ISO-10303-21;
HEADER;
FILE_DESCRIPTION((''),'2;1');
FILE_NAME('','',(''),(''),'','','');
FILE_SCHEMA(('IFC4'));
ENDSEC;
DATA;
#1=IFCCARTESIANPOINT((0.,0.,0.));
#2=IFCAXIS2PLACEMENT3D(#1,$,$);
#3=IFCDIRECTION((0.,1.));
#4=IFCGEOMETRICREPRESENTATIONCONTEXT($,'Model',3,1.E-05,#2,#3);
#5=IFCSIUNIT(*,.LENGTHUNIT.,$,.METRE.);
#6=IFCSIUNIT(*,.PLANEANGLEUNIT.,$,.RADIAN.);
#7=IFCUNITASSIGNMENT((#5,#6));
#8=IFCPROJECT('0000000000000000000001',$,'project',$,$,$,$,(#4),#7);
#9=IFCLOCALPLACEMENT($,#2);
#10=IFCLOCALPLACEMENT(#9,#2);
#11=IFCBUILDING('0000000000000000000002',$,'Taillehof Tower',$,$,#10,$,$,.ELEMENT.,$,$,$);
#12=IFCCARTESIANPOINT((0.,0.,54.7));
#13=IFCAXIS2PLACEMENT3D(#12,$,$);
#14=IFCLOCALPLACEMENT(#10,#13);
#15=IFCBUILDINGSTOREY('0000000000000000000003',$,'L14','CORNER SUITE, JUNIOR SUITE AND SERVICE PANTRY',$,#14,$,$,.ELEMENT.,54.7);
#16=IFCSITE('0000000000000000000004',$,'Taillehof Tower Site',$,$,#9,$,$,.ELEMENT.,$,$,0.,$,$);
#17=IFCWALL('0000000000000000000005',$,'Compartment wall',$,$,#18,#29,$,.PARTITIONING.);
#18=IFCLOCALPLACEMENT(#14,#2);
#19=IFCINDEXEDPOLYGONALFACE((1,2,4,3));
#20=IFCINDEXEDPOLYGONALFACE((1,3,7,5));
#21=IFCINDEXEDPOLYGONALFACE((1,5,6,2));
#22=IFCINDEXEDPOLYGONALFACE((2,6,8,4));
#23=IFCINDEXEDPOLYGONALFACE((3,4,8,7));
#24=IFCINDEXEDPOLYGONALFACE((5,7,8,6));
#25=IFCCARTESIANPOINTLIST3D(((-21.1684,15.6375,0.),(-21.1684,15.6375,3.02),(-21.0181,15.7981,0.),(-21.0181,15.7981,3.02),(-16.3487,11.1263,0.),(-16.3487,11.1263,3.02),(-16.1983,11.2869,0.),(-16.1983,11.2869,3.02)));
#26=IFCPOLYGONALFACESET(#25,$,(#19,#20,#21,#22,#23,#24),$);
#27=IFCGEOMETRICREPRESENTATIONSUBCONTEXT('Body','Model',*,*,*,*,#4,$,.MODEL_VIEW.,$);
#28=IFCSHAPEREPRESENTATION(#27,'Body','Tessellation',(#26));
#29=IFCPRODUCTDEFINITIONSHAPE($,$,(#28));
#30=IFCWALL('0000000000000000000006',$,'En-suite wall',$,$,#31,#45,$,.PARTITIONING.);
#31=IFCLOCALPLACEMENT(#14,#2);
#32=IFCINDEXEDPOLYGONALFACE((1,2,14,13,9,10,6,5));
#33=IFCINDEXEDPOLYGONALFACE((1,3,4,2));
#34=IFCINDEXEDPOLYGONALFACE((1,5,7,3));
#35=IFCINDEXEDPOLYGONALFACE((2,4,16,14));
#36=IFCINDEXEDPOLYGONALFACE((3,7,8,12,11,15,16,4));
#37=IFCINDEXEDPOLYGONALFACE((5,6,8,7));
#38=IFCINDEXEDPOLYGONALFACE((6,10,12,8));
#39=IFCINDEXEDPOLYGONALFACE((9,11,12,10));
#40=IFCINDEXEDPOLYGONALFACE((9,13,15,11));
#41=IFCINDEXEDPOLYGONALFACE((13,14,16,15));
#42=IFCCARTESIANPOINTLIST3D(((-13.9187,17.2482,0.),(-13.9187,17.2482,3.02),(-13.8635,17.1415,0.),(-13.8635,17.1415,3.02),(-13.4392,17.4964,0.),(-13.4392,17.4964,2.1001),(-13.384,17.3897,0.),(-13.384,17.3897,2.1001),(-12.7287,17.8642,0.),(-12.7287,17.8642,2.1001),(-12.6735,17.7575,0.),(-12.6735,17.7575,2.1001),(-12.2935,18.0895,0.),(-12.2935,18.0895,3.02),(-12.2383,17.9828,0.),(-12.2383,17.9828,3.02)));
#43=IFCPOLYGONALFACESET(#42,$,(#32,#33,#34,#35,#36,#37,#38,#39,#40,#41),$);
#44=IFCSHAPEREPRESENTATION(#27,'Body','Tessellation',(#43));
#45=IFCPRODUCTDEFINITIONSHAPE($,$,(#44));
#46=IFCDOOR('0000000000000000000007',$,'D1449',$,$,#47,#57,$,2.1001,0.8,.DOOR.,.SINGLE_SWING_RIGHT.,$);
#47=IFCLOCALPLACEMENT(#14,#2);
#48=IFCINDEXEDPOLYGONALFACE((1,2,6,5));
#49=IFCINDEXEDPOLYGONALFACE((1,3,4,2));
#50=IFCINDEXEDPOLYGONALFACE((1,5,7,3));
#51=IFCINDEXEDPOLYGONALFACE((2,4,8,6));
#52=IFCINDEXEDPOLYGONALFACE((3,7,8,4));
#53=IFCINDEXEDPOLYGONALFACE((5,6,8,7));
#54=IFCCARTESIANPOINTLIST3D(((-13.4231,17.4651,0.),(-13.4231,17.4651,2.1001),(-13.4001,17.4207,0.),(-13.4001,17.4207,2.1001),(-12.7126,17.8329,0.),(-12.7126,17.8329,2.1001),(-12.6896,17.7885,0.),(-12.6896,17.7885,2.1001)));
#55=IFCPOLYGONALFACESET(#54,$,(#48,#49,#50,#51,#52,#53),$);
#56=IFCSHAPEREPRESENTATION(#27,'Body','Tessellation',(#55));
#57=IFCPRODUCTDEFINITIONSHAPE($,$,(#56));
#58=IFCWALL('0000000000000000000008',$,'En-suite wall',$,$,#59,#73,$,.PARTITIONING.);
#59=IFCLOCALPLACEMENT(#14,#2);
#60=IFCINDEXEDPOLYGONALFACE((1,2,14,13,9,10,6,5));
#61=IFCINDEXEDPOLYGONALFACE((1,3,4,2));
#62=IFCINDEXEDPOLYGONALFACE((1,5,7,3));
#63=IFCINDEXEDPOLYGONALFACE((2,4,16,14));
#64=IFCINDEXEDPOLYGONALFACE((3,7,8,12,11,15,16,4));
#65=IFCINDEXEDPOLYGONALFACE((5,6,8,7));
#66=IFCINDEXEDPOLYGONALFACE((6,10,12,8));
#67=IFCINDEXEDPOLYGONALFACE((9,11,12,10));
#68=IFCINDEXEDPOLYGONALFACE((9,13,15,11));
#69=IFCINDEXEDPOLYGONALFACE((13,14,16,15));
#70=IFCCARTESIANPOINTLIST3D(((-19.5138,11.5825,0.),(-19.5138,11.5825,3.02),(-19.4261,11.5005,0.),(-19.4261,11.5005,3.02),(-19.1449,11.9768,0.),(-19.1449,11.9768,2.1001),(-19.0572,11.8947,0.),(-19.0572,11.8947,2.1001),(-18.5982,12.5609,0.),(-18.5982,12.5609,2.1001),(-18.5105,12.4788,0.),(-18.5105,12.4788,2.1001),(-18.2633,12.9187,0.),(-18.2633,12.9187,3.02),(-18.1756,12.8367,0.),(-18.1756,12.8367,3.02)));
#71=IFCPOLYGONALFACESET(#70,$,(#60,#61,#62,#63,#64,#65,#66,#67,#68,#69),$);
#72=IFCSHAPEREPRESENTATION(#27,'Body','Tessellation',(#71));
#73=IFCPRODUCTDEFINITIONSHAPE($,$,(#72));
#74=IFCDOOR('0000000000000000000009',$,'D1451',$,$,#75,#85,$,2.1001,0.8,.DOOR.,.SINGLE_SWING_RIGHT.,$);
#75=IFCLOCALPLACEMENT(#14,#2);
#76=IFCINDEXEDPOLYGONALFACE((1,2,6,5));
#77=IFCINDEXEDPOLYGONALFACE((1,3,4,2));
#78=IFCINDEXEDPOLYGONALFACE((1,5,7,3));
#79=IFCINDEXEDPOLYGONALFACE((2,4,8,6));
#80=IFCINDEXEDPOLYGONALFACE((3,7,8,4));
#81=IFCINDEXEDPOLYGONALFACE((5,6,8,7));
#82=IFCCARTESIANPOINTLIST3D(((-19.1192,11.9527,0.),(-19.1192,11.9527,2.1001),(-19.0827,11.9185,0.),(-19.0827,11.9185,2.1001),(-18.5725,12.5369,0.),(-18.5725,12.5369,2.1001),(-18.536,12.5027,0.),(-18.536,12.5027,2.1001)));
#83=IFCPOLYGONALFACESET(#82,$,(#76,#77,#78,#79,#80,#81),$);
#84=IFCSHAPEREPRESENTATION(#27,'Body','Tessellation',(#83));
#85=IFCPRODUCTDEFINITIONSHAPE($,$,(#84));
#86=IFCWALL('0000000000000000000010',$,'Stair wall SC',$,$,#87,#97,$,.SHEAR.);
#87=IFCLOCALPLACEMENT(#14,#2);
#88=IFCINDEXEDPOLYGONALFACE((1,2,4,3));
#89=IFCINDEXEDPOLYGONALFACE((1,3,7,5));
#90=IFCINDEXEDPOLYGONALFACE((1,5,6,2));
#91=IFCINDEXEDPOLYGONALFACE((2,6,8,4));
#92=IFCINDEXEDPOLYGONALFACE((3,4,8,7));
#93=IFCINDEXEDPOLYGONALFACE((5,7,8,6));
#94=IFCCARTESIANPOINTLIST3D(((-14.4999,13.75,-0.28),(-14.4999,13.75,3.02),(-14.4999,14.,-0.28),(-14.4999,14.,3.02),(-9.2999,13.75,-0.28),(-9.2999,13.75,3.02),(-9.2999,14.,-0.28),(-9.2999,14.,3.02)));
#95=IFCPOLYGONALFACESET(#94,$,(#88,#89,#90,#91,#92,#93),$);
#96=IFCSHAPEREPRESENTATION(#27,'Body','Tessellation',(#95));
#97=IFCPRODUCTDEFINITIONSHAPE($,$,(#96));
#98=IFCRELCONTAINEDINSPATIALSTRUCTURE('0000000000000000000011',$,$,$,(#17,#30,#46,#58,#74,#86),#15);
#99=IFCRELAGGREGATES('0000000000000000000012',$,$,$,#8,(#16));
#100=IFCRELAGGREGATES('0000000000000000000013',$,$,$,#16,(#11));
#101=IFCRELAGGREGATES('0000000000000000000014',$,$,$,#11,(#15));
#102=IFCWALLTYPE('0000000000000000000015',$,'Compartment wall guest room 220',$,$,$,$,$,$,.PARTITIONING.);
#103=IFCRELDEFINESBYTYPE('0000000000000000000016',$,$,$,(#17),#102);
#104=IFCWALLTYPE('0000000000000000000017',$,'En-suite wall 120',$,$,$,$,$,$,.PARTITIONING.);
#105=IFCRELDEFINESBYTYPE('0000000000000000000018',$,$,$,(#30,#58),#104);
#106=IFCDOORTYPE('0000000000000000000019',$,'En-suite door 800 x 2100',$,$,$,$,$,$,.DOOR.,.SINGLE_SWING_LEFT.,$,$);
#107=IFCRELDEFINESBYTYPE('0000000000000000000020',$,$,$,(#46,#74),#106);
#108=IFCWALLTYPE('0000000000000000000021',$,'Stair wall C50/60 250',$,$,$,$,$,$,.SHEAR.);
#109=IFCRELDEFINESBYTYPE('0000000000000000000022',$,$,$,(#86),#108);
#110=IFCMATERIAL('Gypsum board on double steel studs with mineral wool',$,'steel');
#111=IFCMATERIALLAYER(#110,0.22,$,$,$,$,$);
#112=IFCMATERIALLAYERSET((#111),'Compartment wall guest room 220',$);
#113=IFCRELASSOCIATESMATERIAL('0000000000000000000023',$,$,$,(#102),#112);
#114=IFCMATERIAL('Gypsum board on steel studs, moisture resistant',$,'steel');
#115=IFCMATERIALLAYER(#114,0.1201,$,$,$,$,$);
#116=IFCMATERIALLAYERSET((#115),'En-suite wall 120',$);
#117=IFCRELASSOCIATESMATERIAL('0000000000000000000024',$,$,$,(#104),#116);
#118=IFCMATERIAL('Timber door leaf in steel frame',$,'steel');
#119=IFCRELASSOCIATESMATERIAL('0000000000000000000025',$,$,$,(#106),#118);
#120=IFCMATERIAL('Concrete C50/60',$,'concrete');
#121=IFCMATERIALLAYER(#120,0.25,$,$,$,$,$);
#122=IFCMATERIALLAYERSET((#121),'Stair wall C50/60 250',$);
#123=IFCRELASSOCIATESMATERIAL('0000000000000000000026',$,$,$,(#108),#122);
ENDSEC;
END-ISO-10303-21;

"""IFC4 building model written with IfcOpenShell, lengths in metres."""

from ifc_helpers import new_model, si_unit, direction, frame, frame_2d, origin, place, context, subcontext, project, spatial, rectangle, extrude, material, layer, layer_set, type_object, element, fill, save


model = new_model("IFC4")

# Units and contexts
model_context = context("Model", 3, precision=1e-05, world=origin(), true_north=direction((0.0, 1.0)))
body_context = subcontext(model_context, "Body", "Model", "MODEL_VIEW")
ifc_project = project(units=[si_unit("LENGTHUNIT", "METRE"), si_unit("PLANEANGLEUNIT", "RADIAN")], contexts=[model_context])

# Site, building, storey
site_placement = place(None, origin())
site = spatial("IfcSite", under=ifc_project, at=site_placement, Name="Taillehof Tower Site", CompositionType="ELEMENT", RefElevation=0.0)
building_placement = place(site_placement, origin())
building = spatial("IfcBuilding", under=site, at=building_placement, Name="Taillehof Tower", CompositionType="ELEMENT")
storey_placement = place(building_placement, frame((0.0, 0.0, 54.7)))
storey = spatial("IfcBuildingStorey", under=building, at=storey_placement, Name="L14", Description="CORNER SUITE, JUNIOR SUITE AND SERVICE PANTRY", CompositionType="ELEMENT", Elevation=54.7)

# Wall
ifc_material_1 = material(Name="Gypsum board on double steel studs with mineral wool", Category="steel")
ifc_layer_1 = layer(ifc_material_1, 0.22)
ifc_layer_set_1 = layer_set([ifc_layer_1], Name="Compartment wall guest room 220")
wall_type_1 = type_object("IfcWallType", Name="Compartment wall guest room 220", PredefinedType="PARTITIONING", material=ifc_layer_set_1)
wall_1_placement = place(storey_placement, frame((-21.0933, 15.7178, 0.0), z_axis=(0.0, 0.0, 1.0), x_axis=(0.730093, -0.683348, 0.0)))
element("IfcWall", 1, at=wall_1_placement, inside=storey, type_object=wall_type_1, Name="Compartment wall", PredefinedType="PARTITIONING", context=body_context, shape_type="SweptSolid", body=[
    extrude(rectangle(XDim=6.6016, YDim=0.22, at=frame_2d((3.3008, 0.0))), origin(), (0.0, 0.0, 1.0), 3.02),
])

# Walls, openings, doors
ifc_material_2 = material(Name="Gypsum board on steel studs, moisture resistant", Category="steel")
ifc_layer_2 = layer(ifc_material_2, 0.1201)
ifc_layer_set_2 = layer_set([ifc_layer_2], Name="En-suite wall 120")
wall_type_2 = type_object("IfcWallType", Name="En-suite wall 120", PredefinedType="PARTITIONING", material=ifc_layer_set_2)
wall_2_placement = place(storey_placement, frame((-13.8911, 17.1948, 0.0), z_axis=(0.0, 0.0, 1.0), x_axis=(0.888069, 0.45971, 0.0)))
wall_2 = element("IfcWall", 2, at=wall_2_placement, inside=storey, type_object=wall_type_2, Name="En-suite wall", PredefinedType="PARTITIONING", context=body_context, shape_type="SweptSolid", body=[
    extrude(rectangle(XDim=1.8301, YDim=0.1201, at=frame_2d((0.915, 0.0))), origin(), (0.0, 0.0, 1.0), 3.02),
])
opening_1_placement = place(wall_2_placement, frame((0.54, 0.0, 0.0)))
opening_1 = element("IfcOpeningElement", 3, at=opening_1_placement, cuts=wall_2, PredefinedType="OPENING", context=body_context, shape_type="SweptSolid", body=[
    extrude(rectangle(XDim=0.8, YDim=2.1001, at=frame_2d((0.3999, 1.05))), frame((0.0, 0.0701, 0.0), z_axis=(0.0, -1.0, 0.0), x_axis=(1.0, 0.0, 0.0)), (0.0, 0.0, 1.0), 0.1401),
])
ifc_material_3 = material(Name="Timber door leaf in steel frame", Category="steel")
door_type_1 = type_object("IfcDoorType", Name="En-suite door 800 x 2100", OperationType="SINGLE_SWING_LEFT", PredefinedType="DOOR", material=ifc_material_3)
door_1_placement = place(opening_1_placement, origin())
door_1 = element("IfcDoor", 4, at=door_1_placement, inside=storey, type_object=door_type_1, Name="D1449", OperationType="SINGLE_SWING_RIGHT", OverallHeight=2.1001, OverallWidth=0.8, PredefinedType="DOOR", context=body_context, shape_type="SweptSolid", body=[
    extrude(rectangle(XDim=0.8, YDim=2.1001, at=frame_2d((0.3999, 1.05))), frame((0.0, 0.0249, 0.0), z_axis=(0.0, -1.0, 0.0), x_axis=(1.0, 0.0, 0.0)), (0.0, 0.0, 1.0), 0.05),
])
fill(opening_1, door_1)
wall_3_placement = place(storey_placement, frame((-19.47, 11.5415, 0.0), z_axis=(0.0, 0.0, 1.0), x_axis=(0.683306, 0.730132, 0.0)))
wall_3 = element("IfcWall", 5, at=wall_3_placement, inside=storey, type_object=wall_type_2, Name="En-suite wall", PredefinedType="PARTITIONING", context=body_context, shape_type="SweptSolid", body=[
    extrude(rectangle(XDim=1.8301, YDim=0.1201, at=frame_2d((0.915, 0.0))), origin(), (0.0, 0.0, 1.0), 3.02),
])
opening_2_placement = place(wall_3_placement, frame((0.54, 0.0, 0.0)))
opening_2 = element("IfcOpeningElement", 6, at=opening_2_placement, cuts=wall_3, PredefinedType="OPENING", context=body_context, shape_type="SweptSolid", body=[
    extrude(rectangle(XDim=0.8, YDim=2.1001, at=frame_2d((0.3999, 1.05))), frame((0.0, 0.0701, 0.0), z_axis=(0.0, -1.0, 0.0), x_axis=(1.0, 0.0, 0.0)), (0.0, 0.0, 1.0), 0.1401),
])
door_2_placement = place(opening_2_placement, origin())
door_2 = element("IfcDoor", 7, at=door_2_placement, inside=storey, type_object=door_type_1, Name="D1451", OperationType="SINGLE_SWING_RIGHT", OverallHeight=2.1001, OverallWidth=0.8, PredefinedType="DOOR", context=body_context, shape_type="SweptSolid", body=[
    extrude(rectangle(XDim=0.8, YDim=2.1001, at=frame_2d((0.3999, 1.05))), frame((0.0, 0.0249, 0.0), z_axis=(0.0, -1.0, 0.0), x_axis=(1.0, 0.0, 0.0)), (0.0, 0.0, 1.0), 0.05),
])
fill(opening_2, door_2)

# Wall
ifc_material_4 = material(Name="Concrete C50/60", Category="concrete")
ifc_layer_3 = layer(ifc_material_4, 0.25)
ifc_layer_set_3 = layer_set([ifc_layer_3], Name="Stair wall C50/60 250")
wall_type_3 = type_object("IfcWallType", Name="Stair wall C50/60 250", PredefinedType="SHEAR", material=ifc_layer_set_3)
wall_4_placement = place(storey_placement, frame((-14.5, 13.875, -0.28), z_axis=(0.0, 0.0, 1.0), x_axis=(1.0, 0.0, 0.0)))
element("IfcWall", 8, at=wall_4_placement, inside=storey, type_object=wall_type_3, Name="Stair wall SC", PredefinedType="SHEAR", context=body_context, shape_type="SweptSolid", body=[
    extrude(rectangle(XDim=5.2, YDim=0.25, at=frame_2d((2.6001, 0.0))), origin(), (0.0, 0.0, 1.0), 3.3),
])

save(model, "model.ifc")
